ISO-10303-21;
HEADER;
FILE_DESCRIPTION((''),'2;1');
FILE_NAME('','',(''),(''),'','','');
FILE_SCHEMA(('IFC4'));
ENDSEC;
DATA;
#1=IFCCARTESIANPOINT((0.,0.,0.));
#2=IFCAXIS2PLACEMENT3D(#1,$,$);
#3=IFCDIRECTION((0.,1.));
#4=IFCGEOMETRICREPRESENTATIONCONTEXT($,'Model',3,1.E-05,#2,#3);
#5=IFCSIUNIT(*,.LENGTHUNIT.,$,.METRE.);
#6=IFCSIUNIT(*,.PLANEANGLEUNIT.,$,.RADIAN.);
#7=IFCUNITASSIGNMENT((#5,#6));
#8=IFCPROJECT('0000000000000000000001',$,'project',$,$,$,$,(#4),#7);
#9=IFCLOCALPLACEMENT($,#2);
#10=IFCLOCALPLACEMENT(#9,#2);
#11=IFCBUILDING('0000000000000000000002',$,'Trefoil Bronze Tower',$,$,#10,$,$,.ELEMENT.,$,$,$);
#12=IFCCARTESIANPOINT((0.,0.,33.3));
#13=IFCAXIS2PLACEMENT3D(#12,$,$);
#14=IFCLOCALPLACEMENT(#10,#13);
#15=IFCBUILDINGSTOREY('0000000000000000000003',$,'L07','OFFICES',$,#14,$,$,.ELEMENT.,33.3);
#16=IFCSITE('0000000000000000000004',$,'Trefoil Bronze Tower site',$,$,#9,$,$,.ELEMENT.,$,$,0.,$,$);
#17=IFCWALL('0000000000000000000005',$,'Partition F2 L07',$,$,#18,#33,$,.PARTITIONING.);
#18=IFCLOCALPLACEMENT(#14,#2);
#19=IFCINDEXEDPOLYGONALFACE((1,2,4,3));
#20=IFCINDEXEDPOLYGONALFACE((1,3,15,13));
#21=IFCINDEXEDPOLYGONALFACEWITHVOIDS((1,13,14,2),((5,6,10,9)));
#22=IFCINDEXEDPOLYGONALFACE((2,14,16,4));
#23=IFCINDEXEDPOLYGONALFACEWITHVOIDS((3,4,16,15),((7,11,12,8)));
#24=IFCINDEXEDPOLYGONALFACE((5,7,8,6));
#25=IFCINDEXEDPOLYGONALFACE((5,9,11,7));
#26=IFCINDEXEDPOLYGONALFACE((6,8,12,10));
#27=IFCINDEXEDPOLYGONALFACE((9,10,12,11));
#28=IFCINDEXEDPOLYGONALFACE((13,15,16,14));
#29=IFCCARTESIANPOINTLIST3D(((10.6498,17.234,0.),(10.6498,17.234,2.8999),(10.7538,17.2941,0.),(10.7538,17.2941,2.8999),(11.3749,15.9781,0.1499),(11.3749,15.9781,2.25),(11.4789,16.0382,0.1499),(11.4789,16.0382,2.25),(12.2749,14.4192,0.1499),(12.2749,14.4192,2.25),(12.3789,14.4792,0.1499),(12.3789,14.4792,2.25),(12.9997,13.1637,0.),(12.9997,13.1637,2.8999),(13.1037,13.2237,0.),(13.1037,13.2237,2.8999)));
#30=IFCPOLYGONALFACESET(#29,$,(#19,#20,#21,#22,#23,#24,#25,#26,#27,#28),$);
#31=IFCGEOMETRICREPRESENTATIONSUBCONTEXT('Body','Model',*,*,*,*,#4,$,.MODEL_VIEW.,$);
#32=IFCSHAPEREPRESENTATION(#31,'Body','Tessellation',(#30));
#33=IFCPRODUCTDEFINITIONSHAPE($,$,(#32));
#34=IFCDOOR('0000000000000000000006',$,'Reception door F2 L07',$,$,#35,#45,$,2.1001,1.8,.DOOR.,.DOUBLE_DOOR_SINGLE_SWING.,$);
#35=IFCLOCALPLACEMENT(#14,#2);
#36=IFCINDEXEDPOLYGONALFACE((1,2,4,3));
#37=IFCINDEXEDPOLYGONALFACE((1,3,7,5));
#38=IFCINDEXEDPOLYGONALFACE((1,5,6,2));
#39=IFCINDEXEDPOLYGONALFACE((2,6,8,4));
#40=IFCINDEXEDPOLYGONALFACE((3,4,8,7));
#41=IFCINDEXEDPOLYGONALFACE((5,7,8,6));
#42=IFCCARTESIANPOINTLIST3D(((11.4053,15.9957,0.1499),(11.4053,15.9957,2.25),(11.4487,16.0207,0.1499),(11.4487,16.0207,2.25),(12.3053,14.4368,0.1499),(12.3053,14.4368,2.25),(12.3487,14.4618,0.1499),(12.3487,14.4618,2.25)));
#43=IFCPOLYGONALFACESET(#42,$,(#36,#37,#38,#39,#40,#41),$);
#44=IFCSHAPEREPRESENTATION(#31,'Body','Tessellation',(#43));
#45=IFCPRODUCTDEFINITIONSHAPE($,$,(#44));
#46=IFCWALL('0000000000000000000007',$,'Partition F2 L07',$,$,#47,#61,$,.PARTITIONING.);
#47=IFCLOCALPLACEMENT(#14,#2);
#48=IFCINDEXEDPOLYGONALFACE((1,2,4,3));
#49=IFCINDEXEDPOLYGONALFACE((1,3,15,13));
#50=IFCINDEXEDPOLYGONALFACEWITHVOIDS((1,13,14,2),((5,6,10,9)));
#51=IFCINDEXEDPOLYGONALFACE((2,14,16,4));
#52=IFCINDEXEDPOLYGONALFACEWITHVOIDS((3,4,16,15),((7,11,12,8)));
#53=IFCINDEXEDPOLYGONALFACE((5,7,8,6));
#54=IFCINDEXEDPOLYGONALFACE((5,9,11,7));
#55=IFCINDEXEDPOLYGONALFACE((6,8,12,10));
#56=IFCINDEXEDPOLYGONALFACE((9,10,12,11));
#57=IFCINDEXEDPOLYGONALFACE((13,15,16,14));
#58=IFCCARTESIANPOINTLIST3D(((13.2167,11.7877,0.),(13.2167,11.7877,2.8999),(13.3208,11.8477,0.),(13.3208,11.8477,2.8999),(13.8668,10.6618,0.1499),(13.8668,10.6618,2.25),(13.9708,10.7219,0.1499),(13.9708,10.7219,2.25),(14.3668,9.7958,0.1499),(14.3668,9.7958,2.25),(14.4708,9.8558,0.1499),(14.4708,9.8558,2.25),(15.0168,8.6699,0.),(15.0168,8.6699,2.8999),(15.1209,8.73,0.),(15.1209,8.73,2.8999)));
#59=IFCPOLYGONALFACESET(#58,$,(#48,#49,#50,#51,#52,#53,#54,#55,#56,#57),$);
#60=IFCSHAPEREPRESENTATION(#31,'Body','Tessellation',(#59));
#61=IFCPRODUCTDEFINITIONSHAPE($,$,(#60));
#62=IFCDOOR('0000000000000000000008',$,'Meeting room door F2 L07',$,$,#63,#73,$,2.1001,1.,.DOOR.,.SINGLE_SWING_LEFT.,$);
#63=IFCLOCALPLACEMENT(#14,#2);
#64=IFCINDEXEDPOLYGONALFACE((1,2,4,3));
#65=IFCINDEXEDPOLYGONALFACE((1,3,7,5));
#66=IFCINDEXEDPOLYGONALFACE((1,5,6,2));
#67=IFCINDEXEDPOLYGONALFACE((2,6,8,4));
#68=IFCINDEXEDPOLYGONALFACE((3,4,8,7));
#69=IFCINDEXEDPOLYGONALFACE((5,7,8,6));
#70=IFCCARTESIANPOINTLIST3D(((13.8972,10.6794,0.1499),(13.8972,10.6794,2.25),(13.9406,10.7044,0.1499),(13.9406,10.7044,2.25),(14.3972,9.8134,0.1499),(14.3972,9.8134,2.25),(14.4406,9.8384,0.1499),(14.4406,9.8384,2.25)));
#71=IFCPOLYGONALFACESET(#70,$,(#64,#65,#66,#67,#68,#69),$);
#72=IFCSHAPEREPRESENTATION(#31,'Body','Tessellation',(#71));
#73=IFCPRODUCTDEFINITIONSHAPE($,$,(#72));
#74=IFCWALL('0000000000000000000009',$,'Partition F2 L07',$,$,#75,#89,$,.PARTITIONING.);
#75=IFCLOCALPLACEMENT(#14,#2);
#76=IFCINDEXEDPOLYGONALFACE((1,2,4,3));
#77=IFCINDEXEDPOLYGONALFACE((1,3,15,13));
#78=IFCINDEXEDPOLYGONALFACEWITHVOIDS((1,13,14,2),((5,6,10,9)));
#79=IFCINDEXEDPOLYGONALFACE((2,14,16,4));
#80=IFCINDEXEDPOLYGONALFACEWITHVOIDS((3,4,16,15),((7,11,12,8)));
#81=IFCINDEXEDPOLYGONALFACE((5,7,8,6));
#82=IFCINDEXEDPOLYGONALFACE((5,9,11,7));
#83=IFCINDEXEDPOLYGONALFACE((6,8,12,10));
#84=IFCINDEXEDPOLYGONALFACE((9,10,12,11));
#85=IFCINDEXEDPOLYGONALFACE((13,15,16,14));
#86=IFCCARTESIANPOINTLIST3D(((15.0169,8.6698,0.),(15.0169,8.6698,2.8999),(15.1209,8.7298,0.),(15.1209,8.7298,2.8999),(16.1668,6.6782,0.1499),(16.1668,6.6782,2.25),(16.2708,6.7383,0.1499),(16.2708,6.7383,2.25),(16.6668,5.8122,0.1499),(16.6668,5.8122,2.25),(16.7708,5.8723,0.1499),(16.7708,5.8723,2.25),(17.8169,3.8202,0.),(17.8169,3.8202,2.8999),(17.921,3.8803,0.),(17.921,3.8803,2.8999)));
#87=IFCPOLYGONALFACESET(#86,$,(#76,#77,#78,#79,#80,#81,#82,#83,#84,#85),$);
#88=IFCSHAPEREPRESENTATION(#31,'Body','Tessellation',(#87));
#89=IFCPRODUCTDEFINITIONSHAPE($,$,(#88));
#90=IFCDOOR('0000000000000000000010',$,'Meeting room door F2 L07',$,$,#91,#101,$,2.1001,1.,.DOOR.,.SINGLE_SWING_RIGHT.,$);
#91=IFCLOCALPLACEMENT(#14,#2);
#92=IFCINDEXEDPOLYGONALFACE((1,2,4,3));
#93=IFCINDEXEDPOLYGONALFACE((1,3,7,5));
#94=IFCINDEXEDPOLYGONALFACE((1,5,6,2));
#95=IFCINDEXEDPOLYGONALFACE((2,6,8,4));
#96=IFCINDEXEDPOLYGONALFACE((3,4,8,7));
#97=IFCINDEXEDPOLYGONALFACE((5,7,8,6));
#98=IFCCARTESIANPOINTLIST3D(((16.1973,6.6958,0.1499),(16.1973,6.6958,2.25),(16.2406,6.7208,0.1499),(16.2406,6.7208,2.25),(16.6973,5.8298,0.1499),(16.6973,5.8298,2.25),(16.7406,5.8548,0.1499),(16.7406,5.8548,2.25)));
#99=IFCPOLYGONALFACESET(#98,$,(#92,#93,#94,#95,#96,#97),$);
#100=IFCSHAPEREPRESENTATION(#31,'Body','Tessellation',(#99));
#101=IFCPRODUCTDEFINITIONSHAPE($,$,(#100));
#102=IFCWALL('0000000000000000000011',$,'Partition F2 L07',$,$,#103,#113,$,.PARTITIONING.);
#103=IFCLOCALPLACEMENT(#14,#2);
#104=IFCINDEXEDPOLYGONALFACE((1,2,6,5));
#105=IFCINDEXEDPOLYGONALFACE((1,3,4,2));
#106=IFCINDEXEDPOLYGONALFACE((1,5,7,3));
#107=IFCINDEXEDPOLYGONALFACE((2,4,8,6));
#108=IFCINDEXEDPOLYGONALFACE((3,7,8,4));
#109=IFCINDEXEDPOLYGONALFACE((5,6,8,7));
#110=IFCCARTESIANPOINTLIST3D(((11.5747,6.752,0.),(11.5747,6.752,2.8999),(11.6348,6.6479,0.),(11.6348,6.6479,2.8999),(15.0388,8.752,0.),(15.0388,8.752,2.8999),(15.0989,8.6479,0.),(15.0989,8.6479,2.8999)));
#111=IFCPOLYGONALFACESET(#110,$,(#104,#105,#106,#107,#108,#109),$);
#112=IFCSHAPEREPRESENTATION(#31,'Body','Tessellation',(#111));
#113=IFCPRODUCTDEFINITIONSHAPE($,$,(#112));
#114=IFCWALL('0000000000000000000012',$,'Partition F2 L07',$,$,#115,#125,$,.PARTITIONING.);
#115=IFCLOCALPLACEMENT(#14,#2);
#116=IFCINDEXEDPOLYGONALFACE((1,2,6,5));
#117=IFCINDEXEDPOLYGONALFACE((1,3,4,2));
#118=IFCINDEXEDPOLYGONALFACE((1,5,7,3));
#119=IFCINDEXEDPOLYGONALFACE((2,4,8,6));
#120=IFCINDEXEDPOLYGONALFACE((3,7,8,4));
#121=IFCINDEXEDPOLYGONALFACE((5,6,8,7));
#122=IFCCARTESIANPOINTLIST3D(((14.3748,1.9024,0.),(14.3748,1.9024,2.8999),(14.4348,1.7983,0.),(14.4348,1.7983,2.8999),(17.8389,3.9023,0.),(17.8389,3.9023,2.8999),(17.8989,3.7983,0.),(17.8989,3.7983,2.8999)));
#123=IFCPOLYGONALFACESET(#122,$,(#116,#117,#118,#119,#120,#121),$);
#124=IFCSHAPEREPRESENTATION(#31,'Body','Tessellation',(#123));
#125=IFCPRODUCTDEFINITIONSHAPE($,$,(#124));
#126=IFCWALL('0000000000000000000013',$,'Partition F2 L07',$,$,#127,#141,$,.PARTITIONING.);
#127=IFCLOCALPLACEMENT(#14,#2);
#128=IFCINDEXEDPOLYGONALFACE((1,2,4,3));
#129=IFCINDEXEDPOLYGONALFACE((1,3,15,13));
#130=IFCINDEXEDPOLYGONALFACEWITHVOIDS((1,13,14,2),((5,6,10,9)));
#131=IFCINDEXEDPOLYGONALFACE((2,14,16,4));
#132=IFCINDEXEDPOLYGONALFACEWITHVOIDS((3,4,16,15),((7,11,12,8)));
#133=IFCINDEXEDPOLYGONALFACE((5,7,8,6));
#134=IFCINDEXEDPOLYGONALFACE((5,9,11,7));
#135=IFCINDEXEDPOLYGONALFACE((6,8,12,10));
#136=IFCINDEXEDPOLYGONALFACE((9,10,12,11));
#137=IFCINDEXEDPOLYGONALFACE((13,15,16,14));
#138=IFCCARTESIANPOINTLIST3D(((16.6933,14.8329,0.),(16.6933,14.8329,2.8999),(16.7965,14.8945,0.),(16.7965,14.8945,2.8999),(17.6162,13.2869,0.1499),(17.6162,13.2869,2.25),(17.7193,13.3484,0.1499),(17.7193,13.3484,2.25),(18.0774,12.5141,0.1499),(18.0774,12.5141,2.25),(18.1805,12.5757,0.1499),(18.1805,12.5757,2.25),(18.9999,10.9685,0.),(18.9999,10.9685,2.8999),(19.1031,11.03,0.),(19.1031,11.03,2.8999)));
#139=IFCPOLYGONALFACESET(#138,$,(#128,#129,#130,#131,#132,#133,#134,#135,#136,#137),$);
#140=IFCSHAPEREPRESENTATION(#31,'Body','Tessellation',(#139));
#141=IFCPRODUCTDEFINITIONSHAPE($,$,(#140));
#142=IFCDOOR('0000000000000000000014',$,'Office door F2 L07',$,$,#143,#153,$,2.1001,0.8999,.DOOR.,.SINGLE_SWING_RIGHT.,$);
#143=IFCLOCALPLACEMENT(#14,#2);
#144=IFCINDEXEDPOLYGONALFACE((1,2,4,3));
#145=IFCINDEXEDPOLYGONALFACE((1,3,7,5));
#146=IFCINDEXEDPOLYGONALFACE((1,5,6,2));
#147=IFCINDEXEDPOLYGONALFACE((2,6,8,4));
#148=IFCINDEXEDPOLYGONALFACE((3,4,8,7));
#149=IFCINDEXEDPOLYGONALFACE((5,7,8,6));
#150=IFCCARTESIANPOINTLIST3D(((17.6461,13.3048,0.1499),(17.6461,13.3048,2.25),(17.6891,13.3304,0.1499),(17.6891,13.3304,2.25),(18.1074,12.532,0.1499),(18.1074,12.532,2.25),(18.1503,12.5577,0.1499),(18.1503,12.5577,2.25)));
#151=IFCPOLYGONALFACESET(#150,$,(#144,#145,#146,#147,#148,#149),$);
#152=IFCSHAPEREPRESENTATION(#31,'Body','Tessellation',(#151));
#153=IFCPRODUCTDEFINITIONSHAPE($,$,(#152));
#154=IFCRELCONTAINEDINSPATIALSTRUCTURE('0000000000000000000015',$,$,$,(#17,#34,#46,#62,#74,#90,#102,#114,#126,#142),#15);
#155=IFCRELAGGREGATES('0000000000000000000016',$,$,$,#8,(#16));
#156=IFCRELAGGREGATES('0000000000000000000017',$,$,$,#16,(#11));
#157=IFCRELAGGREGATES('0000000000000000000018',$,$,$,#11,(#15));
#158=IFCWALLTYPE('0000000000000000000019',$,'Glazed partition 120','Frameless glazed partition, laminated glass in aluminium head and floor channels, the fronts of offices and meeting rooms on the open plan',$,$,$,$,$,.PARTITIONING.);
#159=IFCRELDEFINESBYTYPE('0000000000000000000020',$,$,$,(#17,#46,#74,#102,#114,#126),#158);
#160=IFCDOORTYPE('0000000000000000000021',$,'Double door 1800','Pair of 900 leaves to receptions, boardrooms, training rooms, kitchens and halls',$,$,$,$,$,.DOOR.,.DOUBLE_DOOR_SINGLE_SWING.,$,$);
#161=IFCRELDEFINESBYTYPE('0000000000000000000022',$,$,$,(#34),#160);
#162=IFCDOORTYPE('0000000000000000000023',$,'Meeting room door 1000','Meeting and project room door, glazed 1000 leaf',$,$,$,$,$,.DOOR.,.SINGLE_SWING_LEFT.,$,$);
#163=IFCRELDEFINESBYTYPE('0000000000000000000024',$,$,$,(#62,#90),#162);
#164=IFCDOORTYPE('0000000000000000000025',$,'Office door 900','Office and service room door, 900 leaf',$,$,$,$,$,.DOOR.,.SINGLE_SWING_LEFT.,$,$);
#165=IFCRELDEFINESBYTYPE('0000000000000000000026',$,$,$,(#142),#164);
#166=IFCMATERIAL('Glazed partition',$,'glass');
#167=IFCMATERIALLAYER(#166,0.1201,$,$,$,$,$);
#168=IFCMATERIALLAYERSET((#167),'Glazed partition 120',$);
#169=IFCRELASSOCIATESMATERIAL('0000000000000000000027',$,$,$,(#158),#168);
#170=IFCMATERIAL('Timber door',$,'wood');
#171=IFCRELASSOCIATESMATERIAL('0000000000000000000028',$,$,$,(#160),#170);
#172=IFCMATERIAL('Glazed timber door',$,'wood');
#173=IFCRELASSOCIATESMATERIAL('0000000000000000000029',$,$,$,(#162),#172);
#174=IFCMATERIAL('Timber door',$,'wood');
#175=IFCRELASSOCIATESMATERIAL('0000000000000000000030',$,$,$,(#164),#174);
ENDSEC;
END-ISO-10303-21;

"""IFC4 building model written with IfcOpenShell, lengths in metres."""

from ifc_helpers import new_model, si_unit, direction, frame, frame_2d, origin, place, context, subcontext, project, spatial, rectangle, extrude, material, layer, layer_set, type_object, element, fill, save


model = new_model("IFC4")

# Units and contexts
model_context = context("Model", 3, precision=1e-05, world=origin(), true_north=direction((0.0, 1.0)))
body_context = subcontext(model_context, "Body", "Model", "MODEL_VIEW")
ifc_project = project(units=[si_unit("LENGTHUNIT", "METRE"), si_unit("PLANEANGLEUNIT", "RADIAN")], contexts=[model_context])

# Site, building, storey
site_placement = place(None, origin())
site = spatial("IfcSite", under=ifc_project, at=site_placement, Name="Trefoil Bronze Tower site", CompositionType="ELEMENT", RefElevation=0.0)
building_placement = place(site_placement, origin())
building = spatial("IfcBuilding", under=site, at=building_placement, Name="Trefoil Bronze Tower", CompositionType="ELEMENT")
storey_placement = place(building_placement, frame((0.0, 0.0, 33.3)))
storey = spatial("IfcBuildingStorey", under=building, at=storey_placement, Name="L07", Description="OFFICES", CompositionType="ELEMENT", Elevation=33.3)

# Walls, openings, doors
ifc_material_1 = material(Name="Glazed partition", Category="glass")
ifc_layer_1 = layer(ifc_material_1, 0.1201)
ifc_layer_set_1 = layer_set([ifc_layer_1], Name="Glazed partition 120")
wall_type_1 = type_object("IfcWallType", Name="Glazed partition 120", Description="Frameless glazed partition, laminated glass in aluminium head and floor channels, the fronts of offices and meeting rooms on the open plan", PredefinedType="PARTITIONING", material=ifc_layer_set_1)
wall_1_placement = place(storey_placement, frame((13.0518, 13.1936, 0.0), z_axis=(0.0, 0.0, 1.0), x_axis=(-0.499977, 0.866039, 0.0)))
wall_1 = element("IfcWall", 1, at=wall_1_placement, inside=storey, type_object=wall_type_1, Name="Partition F2 L07", PredefinedType="PARTITIONING", context=body_context, shape_type="SweptSolid", body=[
    extrude(rectangle(XDim=4.7, YDim=0.1201, at=frame_2d((2.3501, 0.0))), origin(), (0.0, 0.0, 1.0), 2.8999),
])
opening_1_placement = place(wall_1_placement, frame((1.45, 0.0, 0.1499)))
opening_1 = element("IfcOpeningElement", 2, at=opening_1_placement, cuts=wall_1, PredefinedType="OPENING", context=body_context, shape_type="SweptSolid", body=[
    extrude(rectangle(XDim=1.8, YDim=2.1001, at=frame_2d((0.8999, 1.05))), frame((0.0, 0.0701, 0.0), z_axis=(0.0, -1.0, 0.0), x_axis=(1.0, 0.0, 0.0)), (0.0, 0.0, 1.0), 0.1401),
])
ifc_material_2 = material(Name="Timber door", Category="wood")
door_type_1 = type_object("IfcDoorType", Name="Double door 1800", Description="Pair of 900 leaves to receptions, boardrooms, training rooms, kitchens and halls", OperationType="DOUBLE_DOOR_SINGLE_SWING", PredefinedType="DOOR", material=ifc_material_2)
door_1_placement = place(opening_1_placement, origin())
door_1 = element("IfcDoor", 3, at=door_1_placement, inside=storey, type_object=door_type_1, Name="Reception door F2 L07", OperationType="DOUBLE_DOOR_SINGLE_SWING", OverallHeight=2.1001, OverallWidth=1.8, PredefinedType="DOOR", context=body_context, shape_type="SweptSolid", body=[
    extrude(rectangle(XDim=1.8, YDim=2.1001, at=frame_2d((0.8999, 1.05))), frame((0.0, 0.0249, 0.0), z_axis=(0.0, -1.0, 0.0), x_axis=(1.0, 0.0, 0.0)), (0.0, 0.0, 1.0), 0.05),
])
fill(opening_1, door_1)
wall_2_placement = place(storey_placement, frame((15.0688, 8.7, 0.0), z_axis=(0.0, 0.0, 1.0), x_axis=(-0.500012, 0.866018, 0.0)))
wall_2 = element("IfcWall", 4, at=wall_2_placement, inside=storey, type_object=wall_type_1, Name="Partition F2 L07", PredefinedType="PARTITIONING", context=body_context, shape_type="SweptSolid", body=[
    extrude(rectangle(XDim=3.6001, YDim=0.1201, at=frame_2d((1.8, 0.0))), origin(), (0.0, 0.0, 1.0), 2.8999),
])
opening_2_placement = place(wall_2_placement, frame((1.3, 0.0, 0.1499)))
opening_2 = element("IfcOpeningElement", 5, at=opening_2_placement, cuts=wall_2, PredefinedType="OPENING", context=body_context, shape_type="SweptSolid", body=[
    extrude(rectangle(XDim=1.0, YDim=2.1001, at=frame_2d((0.5, 1.05))), frame((0.0, 0.0701, 0.0), z_axis=(0.0, -1.0, 0.0), x_axis=(1.0, 0.0, 0.0)), (0.0, 0.0, 1.0), 0.1401),
])
ifc_material_3 = material(Name="Glazed timber door", Category="wood")
door_type_2 = type_object("IfcDoorType", Name="Meeting room door 1000", Description="Meeting and project room door, glazed 1000 leaf", OperationType="SINGLE_SWING_LEFT", PredefinedType="DOOR", material=ifc_material_3)
door_2_placement = place(opening_2_placement, origin())
door_2 = element("IfcDoor", 6, at=door_2_placement, inside=storey, type_object=door_type_2, Name="Meeting room door F2 L07", OperationType="SINGLE_SWING_LEFT", OverallHeight=2.1001, OverallWidth=1.0, PredefinedType="DOOR", context=body_context, shape_type="SweptSolid", body=[
    extrude(rectangle(XDim=1.0, YDim=2.1001, at=frame_2d((0.5, 1.05))), frame((0.0, 0.0249, 0.0), z_axis=(0.0, -1.0, 0.0), x_axis=(1.0, 0.0, 0.0)), (0.0, 0.0, 1.0), 0.05),
])
fill(opening_2, door_2)
wall_3_placement = place(storey_placement, frame((17.8689, 3.8503, 0.0), z_axis=(0.0, 0.0, 1.0), x_axis=(-0.500017, 0.866016, 0.0)))
wall_3 = element("IfcWall", 7, at=wall_3_placement, inside=storey, type_object=wall_type_1, Name="Partition F2 L07", PredefinedType="PARTITIONING", context=body_context, shape_type="SweptSolid", body=[
    extrude(rectangle(XDim=5.5999, YDim=0.1201, at=frame_2d((2.7998, 0.0))), origin(), (0.0, 0.0, 1.0), 2.8999),
])
opening_3_placement = place(wall_3_placement, frame((2.3, 0.0, 0.1499)))
opening_3 = element("IfcOpeningElement", 8, at=opening_3_placement, cuts=wall_3, PredefinedType="OPENING", context=body_context, shape_type="SweptSolid", body=[
    extrude(rectangle(XDim=1.0, YDim=2.1001, at=frame_2d((0.5, 1.05))), frame((0.0, 0.0701, 0.0), z_axis=(0.0, -1.0, 0.0), x_axis=(1.0, 0.0, 0.0)), (0.0, 0.0, 1.0), 0.1401),
])
door_3_placement = place(opening_3_placement, origin())
door_3 = element("IfcDoor", 9, at=door_3_placement, inside=storey, type_object=door_type_2, Name="Meeting room door F2 L07", OperationType="SINGLE_SWING_RIGHT", OverallHeight=2.1001, OverallWidth=1.0, PredefinedType="DOOR", context=body_context, shape_type="SweptSolid", body=[
    extrude(rectangle(XDim=1.0, YDim=2.1001, at=frame_2d((0.5, 1.05))), frame((0.0, 0.0249, 0.0), z_axis=(0.0, -1.0, 0.0), x_axis=(1.0, 0.0, 0.0)), (0.0, 0.0, 1.0), 0.05),
])
fill(opening_3, door_3)

# Walls
for number, where, z_axis, x_axis, name in (
    (10, (11.6047, 6.7, 0.0), (0.0, 0.0, 1.0), (0.866026, 0.499999, 0.0), "Partition F2 L07"),
    (11, (14.4048, 1.8503, 0.0), (0.0, 0.0, 1.0), (0.866026, 0.499999, 0.0), "Partition F2 L07"),
):
    element("IfcWall", number, at=place(storey_placement, frame(where, z_axis=z_axis, x_axis=x_axis)), inside=storey, type_object=wall_type_1, Name=name, PredefinedType="PARTITIONING", context=body_context, shape_type="SweptSolid", body=[
        extrude(rectangle(XDim=4.0, YDim=0.1201, at=frame_2d((2.0, 0.0))), origin(), (0.0, 0.0, 1.0), 2.8999),
    ])

# Wall, opening, door
wall_4_placement = place(storey_placement, frame((19.0515, 10.9993, 0.0), z_axis=(0.0, 0.0, 1.0), x_axis=(-0.512524, 0.858673, 0.0)))
wall_4 = element("IfcWall", 12, at=wall_4_placement, inside=storey, type_object=wall_type_1, Name="Partition F2 L07", PredefinedType="PARTITIONING", context=body_context, shape_type="SweptSolid", body=[
    extrude(rectangle(XDim=4.5005, YDim=0.1201, at=frame_2d((2.2502, 0.0))), origin(), (0.0, 0.0, 1.0), 2.8999),
])
opening_4_placement = place(wall_4_placement, frame((1.8, 0.0, 0.1499)))
opening_4 = element("IfcOpeningElement", 13, at=opening_4_placement, cuts=wall_4, PredefinedType="OPENING", context=body_context, shape_type="SweptSolid", body=[
    extrude(rectangle(XDim=0.8999, YDim=2.1001, at=frame_2d((0.45, 1.05))), frame((0.0, 0.0701, 0.0), z_axis=(0.0, -1.0, 0.0), x_axis=(1.0, 0.0, 0.0)), (0.0, 0.0, 1.0), 0.1401),
])
ifc_material_4 = material(Name="Timber door", Category="wood")
door_type_3 = type_object("IfcDoorType", Name="Office door 900", Description="Office and service room door, 900 leaf", OperationType="SINGLE_SWING_LEFT", PredefinedType="DOOR", material=ifc_material_4)
door_4_placement = place(opening_4_placement, frame((0.8999, 0.0, 0.0), z_axis=(0.0, 0.0, 1.0), x_axis=(-1.0, 0.0, 0.0)))
door_4 = element("IfcDoor", 14, at=door_4_placement, inside=storey, type_object=door_type_3, Name="Office door F2 L07", OperationType="SINGLE_SWING_RIGHT", OverallHeight=2.1001, OverallWidth=0.8999, PredefinedType="DOOR", context=body_context, shape_type="SweptSolid", body=[
    extrude(rectangle(XDim=0.8999, YDim=2.1001, at=frame_2d((0.45, 1.05))), frame((0.0, 0.0249, 0.0), z_axis=(0.0, -1.0, 0.0), x_axis=(1.0, 0.0, 0.0)), (0.0, 0.0, 1.0), 0.05),
])
fill(opening_4, door_4)

save(model, "model.ifc")
